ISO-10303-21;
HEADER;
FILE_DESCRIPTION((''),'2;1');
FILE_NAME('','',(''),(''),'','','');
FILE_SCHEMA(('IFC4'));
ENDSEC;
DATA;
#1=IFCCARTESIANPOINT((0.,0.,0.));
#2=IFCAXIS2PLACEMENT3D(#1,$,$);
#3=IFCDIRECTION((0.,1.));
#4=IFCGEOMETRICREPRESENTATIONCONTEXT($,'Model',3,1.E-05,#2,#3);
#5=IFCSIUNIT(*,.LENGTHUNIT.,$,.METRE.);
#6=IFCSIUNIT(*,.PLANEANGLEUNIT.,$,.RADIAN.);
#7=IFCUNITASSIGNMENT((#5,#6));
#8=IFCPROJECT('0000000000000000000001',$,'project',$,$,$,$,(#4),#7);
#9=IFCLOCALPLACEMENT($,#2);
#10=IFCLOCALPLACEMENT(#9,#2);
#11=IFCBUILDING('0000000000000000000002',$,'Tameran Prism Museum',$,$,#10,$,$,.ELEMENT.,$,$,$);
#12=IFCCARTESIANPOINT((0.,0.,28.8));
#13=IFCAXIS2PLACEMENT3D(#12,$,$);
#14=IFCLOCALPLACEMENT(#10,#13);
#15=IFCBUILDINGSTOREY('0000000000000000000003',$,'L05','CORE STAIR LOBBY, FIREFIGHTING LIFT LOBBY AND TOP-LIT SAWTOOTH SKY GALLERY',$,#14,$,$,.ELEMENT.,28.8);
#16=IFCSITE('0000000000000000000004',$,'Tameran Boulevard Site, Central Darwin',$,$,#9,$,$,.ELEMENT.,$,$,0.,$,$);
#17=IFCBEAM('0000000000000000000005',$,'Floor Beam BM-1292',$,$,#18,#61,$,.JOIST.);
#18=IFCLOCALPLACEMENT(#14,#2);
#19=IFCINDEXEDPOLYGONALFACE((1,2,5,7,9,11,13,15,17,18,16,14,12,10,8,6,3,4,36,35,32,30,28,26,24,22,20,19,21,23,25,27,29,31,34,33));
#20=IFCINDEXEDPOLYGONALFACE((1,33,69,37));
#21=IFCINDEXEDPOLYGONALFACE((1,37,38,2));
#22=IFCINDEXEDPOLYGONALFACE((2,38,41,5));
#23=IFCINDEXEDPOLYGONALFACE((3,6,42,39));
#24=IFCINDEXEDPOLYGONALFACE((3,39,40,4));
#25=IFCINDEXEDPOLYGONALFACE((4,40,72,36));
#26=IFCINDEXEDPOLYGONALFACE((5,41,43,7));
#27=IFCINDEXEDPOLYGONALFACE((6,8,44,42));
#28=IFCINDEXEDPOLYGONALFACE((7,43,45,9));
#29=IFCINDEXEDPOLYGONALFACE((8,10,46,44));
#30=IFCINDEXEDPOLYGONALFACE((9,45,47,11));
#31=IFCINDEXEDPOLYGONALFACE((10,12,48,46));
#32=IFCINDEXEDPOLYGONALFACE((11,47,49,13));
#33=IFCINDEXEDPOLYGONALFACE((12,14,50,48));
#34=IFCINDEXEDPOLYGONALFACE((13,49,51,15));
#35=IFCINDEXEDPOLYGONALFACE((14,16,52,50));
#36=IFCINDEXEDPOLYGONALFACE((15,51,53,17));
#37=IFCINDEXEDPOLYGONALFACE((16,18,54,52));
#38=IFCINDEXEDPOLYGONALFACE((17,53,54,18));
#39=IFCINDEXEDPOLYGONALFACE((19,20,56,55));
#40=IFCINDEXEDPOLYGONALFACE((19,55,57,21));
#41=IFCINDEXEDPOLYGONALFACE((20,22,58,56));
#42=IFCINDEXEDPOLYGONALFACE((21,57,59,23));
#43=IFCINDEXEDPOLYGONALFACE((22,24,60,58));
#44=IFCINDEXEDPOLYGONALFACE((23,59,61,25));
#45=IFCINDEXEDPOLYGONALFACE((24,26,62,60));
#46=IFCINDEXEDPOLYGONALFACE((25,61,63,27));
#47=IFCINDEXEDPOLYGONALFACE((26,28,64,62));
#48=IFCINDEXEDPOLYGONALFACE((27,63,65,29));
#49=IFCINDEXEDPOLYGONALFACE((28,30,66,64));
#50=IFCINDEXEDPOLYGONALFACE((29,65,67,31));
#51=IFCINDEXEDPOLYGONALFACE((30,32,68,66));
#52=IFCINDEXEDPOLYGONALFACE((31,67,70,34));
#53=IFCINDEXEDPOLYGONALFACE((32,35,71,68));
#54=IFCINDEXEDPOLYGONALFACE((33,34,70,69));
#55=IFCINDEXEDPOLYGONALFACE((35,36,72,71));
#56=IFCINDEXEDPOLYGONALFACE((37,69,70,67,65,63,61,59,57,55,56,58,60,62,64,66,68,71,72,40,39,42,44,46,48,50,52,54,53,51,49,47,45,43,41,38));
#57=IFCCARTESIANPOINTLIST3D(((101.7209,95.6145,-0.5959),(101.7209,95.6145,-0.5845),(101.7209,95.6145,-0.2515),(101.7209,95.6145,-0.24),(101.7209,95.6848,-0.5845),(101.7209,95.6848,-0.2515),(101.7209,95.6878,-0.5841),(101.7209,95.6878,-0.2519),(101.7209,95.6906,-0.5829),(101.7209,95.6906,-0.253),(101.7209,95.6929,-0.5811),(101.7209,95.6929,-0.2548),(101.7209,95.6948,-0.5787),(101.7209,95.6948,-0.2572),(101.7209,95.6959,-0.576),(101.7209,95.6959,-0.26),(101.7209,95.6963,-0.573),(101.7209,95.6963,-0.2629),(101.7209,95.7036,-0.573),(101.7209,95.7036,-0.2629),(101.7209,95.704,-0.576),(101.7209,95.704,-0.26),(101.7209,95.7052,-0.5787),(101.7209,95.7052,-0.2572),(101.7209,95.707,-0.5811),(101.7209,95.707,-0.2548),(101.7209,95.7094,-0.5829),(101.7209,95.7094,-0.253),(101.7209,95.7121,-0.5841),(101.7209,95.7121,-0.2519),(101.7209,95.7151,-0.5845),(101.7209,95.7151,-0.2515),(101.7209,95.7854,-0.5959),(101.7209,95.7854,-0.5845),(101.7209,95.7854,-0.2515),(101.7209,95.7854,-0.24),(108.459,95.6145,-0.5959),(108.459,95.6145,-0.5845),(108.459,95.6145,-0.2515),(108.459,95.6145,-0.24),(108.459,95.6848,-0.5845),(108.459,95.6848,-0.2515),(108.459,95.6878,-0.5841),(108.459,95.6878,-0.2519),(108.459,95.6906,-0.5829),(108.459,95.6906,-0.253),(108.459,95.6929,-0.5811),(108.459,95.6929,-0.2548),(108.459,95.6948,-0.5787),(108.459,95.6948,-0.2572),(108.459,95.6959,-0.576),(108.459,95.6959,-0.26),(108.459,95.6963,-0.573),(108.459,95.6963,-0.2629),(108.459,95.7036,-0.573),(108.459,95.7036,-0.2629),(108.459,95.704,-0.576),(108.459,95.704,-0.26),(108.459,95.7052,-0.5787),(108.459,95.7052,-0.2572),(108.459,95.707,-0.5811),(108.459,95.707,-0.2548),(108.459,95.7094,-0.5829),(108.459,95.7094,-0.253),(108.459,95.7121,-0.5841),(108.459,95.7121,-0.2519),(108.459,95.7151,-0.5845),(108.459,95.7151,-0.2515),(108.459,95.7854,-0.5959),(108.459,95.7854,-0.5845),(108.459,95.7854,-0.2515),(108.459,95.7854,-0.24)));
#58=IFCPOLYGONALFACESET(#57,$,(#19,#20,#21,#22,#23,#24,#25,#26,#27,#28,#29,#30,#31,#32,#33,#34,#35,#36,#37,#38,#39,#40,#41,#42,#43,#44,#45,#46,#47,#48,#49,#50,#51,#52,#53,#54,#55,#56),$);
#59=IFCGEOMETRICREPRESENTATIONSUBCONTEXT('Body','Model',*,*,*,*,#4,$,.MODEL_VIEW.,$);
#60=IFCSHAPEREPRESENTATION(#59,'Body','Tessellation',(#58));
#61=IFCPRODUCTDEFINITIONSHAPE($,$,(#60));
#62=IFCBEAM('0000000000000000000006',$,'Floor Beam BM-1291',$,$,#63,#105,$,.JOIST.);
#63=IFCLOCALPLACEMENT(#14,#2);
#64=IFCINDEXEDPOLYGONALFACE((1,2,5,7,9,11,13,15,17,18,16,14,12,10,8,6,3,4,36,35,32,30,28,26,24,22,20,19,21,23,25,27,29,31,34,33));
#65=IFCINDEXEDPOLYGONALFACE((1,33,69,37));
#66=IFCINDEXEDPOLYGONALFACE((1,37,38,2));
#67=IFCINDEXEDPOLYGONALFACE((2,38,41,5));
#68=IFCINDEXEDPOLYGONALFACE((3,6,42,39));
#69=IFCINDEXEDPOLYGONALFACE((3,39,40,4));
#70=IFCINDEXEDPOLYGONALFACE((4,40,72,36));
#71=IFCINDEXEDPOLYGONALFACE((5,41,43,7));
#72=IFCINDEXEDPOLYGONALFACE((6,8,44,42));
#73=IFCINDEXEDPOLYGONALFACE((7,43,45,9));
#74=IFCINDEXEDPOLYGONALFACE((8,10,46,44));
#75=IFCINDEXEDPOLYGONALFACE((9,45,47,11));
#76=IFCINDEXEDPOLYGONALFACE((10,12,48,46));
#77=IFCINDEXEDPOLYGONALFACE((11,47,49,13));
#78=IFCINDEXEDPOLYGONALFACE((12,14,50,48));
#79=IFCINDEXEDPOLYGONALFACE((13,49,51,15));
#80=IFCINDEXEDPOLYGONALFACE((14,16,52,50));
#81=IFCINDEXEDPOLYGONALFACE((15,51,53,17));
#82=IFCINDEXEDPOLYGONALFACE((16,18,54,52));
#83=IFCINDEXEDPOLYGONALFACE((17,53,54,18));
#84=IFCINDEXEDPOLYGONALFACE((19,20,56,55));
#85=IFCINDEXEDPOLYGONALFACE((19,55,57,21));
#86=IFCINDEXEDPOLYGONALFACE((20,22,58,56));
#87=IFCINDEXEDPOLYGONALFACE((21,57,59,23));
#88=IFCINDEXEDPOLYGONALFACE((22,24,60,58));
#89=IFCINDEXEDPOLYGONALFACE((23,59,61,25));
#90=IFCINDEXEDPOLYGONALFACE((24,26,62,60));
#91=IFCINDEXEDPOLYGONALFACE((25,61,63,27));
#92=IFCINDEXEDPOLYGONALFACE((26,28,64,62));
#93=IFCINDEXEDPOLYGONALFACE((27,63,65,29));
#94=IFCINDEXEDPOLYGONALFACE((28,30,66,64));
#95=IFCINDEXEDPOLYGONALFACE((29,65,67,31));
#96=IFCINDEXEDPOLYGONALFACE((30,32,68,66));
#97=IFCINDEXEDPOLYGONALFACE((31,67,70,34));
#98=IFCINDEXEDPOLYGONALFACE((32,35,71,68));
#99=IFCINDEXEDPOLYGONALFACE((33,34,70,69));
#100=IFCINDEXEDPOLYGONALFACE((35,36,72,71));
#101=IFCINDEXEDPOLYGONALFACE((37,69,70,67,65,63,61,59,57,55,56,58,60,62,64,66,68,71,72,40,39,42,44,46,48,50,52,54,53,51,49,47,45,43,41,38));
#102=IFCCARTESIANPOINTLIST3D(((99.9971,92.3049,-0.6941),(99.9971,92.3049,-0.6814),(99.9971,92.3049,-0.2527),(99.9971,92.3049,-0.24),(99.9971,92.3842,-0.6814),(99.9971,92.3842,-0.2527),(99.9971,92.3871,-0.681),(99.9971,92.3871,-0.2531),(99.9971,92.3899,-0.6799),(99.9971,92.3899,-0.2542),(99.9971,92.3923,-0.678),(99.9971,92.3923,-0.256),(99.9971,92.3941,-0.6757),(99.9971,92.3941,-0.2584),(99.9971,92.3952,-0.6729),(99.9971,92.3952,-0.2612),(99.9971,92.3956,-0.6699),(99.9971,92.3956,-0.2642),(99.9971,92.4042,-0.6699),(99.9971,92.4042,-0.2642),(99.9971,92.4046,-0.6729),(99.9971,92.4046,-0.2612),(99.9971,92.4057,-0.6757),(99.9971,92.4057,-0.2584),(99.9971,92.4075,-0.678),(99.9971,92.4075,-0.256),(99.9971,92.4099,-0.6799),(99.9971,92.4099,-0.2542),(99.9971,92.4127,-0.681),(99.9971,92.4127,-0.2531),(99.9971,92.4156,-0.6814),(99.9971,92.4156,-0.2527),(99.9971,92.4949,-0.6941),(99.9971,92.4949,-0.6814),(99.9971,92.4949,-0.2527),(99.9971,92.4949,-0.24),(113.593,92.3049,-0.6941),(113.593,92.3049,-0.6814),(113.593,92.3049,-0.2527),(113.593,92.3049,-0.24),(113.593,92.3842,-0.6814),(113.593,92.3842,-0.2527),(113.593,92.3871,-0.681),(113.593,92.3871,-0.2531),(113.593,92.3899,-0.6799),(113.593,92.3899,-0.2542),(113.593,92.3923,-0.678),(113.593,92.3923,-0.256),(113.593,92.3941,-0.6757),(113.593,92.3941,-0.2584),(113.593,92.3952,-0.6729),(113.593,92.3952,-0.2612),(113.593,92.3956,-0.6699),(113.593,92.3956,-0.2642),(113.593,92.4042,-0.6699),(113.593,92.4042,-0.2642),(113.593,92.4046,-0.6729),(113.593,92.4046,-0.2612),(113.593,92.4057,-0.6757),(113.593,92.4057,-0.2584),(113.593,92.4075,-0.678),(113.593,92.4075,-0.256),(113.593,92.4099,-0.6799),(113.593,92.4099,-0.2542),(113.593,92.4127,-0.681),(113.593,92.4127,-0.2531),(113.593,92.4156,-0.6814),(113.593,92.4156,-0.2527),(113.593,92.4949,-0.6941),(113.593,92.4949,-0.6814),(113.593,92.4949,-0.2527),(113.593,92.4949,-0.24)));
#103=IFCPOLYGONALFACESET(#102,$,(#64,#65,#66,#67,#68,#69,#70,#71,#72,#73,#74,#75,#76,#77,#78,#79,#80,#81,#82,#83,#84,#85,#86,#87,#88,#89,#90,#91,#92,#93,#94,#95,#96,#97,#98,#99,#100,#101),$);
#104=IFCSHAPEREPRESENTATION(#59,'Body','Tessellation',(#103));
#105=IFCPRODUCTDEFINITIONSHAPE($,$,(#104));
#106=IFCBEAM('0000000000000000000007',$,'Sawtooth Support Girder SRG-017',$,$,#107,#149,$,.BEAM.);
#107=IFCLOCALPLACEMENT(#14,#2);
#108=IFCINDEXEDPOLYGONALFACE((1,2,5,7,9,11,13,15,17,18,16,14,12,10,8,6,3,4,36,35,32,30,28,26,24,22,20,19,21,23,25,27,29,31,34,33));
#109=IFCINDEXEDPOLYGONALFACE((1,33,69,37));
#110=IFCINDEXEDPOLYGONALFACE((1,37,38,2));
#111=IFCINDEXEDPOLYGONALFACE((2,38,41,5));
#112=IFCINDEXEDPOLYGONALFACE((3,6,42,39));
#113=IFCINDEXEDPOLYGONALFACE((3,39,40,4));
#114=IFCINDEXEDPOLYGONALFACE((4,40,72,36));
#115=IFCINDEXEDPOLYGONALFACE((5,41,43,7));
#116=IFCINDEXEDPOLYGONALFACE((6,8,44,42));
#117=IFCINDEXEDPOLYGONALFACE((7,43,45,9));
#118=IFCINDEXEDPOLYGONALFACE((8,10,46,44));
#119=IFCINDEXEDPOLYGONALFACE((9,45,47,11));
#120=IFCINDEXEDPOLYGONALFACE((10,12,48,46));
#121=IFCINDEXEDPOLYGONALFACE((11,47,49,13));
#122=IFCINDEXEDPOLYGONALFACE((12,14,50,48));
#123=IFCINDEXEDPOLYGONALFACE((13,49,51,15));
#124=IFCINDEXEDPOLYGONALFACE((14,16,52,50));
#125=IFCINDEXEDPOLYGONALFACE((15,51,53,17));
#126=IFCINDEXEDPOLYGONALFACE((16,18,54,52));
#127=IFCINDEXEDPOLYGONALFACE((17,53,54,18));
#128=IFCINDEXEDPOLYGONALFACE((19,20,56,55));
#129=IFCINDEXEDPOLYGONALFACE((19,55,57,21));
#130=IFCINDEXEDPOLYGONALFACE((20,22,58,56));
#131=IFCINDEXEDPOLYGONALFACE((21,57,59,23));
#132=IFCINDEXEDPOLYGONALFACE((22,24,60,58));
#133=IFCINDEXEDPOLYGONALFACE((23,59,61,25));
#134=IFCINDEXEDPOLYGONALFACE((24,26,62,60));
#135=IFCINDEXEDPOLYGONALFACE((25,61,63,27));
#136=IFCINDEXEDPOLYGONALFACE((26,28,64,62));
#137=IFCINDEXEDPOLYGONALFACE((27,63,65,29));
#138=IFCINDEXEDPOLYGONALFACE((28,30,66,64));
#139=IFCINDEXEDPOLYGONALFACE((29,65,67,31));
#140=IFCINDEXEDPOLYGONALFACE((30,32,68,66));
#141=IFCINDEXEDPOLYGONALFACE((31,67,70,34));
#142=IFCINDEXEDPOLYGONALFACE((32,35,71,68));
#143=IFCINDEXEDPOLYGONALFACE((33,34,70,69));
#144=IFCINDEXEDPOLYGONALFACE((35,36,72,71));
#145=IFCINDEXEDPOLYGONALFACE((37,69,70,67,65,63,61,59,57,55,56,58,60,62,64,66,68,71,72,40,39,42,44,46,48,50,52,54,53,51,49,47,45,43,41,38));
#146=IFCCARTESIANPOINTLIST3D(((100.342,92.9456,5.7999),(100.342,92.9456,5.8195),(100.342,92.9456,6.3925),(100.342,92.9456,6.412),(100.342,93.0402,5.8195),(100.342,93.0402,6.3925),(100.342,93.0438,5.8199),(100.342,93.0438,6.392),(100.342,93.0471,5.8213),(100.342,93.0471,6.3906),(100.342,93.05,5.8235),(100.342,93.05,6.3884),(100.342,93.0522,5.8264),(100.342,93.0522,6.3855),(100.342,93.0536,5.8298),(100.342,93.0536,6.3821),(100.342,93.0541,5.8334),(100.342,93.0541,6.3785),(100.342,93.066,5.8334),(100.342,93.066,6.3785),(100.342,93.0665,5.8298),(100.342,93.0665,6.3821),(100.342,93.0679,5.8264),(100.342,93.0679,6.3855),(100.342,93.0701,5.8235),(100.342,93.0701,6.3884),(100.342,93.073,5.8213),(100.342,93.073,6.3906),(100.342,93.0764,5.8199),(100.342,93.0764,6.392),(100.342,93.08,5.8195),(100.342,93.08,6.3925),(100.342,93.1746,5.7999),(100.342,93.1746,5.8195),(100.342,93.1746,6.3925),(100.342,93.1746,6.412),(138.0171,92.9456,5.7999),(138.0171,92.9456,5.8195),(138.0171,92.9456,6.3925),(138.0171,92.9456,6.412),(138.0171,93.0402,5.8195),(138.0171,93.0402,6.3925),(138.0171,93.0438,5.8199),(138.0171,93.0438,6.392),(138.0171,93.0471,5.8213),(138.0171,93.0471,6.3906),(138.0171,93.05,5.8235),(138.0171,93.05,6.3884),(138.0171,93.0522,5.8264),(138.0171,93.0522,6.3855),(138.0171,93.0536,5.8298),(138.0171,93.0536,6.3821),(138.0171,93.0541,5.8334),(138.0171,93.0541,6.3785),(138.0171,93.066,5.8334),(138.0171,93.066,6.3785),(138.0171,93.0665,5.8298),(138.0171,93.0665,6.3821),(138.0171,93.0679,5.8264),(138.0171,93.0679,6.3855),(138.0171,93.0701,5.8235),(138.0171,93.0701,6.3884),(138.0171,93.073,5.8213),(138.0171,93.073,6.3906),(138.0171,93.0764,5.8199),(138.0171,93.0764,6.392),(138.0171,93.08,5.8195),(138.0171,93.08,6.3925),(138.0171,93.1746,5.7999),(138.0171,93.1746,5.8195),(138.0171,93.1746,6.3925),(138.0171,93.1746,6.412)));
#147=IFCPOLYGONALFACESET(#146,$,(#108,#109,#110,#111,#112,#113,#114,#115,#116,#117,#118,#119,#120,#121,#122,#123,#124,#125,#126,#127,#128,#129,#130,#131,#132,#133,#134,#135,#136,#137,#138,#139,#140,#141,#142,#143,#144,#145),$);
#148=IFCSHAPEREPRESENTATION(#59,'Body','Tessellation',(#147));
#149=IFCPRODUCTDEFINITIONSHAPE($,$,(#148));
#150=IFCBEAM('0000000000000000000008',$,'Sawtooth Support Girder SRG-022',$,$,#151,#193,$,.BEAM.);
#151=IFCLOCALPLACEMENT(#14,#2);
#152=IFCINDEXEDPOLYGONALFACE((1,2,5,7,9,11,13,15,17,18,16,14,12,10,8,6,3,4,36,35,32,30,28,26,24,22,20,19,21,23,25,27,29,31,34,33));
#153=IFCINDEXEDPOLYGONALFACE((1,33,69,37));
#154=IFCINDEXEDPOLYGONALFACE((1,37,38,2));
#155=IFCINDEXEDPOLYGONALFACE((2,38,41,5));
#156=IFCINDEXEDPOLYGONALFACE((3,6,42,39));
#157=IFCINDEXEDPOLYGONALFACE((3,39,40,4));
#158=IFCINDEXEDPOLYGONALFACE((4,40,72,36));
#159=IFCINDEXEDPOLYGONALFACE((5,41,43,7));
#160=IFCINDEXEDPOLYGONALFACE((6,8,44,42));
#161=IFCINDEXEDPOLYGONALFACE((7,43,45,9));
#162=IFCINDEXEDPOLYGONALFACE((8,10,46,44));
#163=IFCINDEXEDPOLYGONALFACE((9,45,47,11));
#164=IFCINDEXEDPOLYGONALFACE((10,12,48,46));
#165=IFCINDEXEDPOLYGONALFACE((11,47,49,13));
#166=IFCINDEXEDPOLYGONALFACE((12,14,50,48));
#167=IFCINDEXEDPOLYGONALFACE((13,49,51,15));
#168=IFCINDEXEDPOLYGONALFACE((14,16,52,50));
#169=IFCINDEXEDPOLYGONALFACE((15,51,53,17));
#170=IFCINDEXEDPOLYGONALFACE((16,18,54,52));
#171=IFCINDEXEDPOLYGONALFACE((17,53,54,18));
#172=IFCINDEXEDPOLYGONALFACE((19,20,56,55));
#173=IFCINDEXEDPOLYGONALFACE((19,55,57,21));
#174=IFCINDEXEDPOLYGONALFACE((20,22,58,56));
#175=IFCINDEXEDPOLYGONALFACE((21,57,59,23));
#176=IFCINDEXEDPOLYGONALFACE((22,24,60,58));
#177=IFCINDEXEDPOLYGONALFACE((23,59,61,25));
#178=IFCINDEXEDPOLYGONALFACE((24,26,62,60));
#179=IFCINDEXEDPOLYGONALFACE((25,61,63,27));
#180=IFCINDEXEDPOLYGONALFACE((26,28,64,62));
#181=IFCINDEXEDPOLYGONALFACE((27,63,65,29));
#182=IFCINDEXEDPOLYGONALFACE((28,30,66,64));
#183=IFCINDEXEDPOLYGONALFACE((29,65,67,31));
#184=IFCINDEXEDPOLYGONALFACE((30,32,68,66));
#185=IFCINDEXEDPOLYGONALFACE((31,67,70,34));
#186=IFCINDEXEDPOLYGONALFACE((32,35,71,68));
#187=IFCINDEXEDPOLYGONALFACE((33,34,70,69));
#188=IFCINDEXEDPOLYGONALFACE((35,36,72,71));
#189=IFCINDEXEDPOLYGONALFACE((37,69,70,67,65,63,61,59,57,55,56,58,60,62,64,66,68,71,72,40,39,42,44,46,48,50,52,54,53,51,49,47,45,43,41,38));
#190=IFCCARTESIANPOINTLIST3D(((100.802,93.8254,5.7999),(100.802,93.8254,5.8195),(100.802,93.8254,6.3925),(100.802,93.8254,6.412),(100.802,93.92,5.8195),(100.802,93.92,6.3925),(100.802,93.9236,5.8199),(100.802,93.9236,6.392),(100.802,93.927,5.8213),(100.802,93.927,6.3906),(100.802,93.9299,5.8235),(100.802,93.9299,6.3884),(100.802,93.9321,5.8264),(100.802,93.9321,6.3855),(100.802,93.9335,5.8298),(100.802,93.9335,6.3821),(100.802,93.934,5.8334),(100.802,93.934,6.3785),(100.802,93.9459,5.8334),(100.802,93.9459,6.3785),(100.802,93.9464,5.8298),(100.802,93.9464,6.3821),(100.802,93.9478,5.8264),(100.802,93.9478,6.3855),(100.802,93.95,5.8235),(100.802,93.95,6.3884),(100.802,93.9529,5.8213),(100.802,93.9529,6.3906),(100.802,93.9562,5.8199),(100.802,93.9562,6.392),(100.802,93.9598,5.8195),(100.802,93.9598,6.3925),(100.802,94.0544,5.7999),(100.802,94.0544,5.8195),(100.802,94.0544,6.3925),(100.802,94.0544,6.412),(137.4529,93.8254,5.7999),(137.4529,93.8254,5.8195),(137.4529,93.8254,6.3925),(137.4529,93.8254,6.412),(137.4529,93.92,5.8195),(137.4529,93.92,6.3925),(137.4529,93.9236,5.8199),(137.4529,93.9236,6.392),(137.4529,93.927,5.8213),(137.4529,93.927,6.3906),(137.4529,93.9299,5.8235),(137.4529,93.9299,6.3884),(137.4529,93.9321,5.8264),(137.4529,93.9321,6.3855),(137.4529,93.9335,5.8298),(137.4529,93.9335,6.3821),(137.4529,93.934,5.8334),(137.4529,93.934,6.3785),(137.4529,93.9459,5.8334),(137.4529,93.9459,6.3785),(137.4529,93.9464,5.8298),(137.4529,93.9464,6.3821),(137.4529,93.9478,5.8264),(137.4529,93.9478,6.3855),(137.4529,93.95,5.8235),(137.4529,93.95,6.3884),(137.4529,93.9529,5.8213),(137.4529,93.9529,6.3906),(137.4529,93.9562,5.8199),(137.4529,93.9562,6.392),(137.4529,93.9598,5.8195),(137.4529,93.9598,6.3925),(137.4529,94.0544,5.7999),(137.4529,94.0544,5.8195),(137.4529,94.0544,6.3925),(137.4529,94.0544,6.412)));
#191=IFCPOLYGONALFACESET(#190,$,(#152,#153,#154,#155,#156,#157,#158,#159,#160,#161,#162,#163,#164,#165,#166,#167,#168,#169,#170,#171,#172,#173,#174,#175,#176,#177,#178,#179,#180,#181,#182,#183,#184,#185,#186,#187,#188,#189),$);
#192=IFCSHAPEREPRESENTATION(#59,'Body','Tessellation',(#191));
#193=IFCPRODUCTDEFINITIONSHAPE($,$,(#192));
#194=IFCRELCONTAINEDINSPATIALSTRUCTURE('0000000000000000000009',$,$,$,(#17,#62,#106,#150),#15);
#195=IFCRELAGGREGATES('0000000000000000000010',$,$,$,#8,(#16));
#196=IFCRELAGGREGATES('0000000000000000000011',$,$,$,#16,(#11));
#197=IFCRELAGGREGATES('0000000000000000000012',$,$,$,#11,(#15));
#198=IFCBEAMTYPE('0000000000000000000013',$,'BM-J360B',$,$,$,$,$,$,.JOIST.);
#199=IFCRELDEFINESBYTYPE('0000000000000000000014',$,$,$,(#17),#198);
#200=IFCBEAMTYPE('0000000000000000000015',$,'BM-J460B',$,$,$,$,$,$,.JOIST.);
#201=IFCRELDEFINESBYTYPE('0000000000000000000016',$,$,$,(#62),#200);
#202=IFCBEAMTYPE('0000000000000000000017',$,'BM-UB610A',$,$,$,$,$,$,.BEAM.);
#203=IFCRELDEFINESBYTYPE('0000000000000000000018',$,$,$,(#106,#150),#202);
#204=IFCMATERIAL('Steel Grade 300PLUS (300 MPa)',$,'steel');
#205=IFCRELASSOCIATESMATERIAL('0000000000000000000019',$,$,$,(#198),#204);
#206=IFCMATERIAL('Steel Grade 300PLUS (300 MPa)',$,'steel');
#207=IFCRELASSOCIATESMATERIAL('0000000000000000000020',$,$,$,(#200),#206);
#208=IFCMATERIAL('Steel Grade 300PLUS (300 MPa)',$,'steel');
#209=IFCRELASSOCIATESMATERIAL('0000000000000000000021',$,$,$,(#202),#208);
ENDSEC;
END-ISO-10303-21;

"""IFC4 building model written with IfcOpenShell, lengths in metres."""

from ifc_helpers import new_model, si_unit, direction, frame, origin, origin_2d, place, context, subcontext, project, spatial, i_section, extrude, material, material_profile, profile_set, type_object, element, save


model = new_model("IFC4")

# Units and contexts
model_context = context("Model", 3, precision=1e-05, world=origin(), true_north=direction((0.0, 1.0)))
body_context = subcontext(model_context, "Body", "Model", "MODEL_VIEW")
ifc_project = project(units=[si_unit("LENGTHUNIT", "METRE"), si_unit("PLANEANGLEUNIT", "RADIAN")], contexts=[model_context])

# Site, building, storey
site_placement = place(None, origin())
site = spatial("IfcSite", under=ifc_project, at=site_placement, Name="Tameran Boulevard Site, Central Darwin", CompositionType="ELEMENT", RefElevation=0.0)
building_placement = place(site_placement, origin())
building = spatial("IfcBuilding", under=site, at=building_placement, Name="Tameran Prism Museum", CompositionType="ELEMENT")
storey_placement = place(building_placement, frame((0.0, 0.0, 28.8)))
storey = spatial("IfcBuildingStorey", under=building, at=storey_placement, Name="L05", Description="CORE STAIR LOBBY, FIREFIGHTING LIFT LOBBY AND TOP-LIT SAWTOOTH SKY GALLERY", CompositionType="ELEMENT", Elevation=28.8)

# Beams
ifc_material_1 = material(Name="Steel Grade 300PLUS (300 MPa)", Category="steel")
ifc_material_profile_1 = material_profile(ifc_material_1, i_section(OverallWidth=0.1709, OverallDepth=0.356, WebThickness=0.0073, FlangeThickness=0.0115, FilletRadius=0.0115, at=origin_2d()))
ifc_profile_set_1 = profile_set([ifc_material_profile_1])
beam_type_1 = type_object("IfcBeamType", Name="BM-J360B", PredefinedType="JOIST", material=ifc_profile_set_1)
beam_1_placement = place(storey_placement, frame((101.7209, 95.7, -0.418), z_axis=(1.0, 0.0, 0.0), x_axis=(0.0, 1.0, 0.0)))
element("IfcBeam", 1, at=beam_1_placement, inside=storey, type_object=beam_type_1, Name="Floor Beam BM-1292", PredefinedType="JOIST", context=body_context, shape_type="SweptSolid", body=[
    extrude(i_section(OverallWidth=0.1709, OverallDepth=0.356, WebThickness=0.0073, FlangeThickness=0.0115, FilletRadius=0.0115, at=origin_2d()), origin(), (0.0, 0.0, 1.0), 6.738),
])
ifc_material_2 = material(Name="Steel Grade 300PLUS (300 MPa)", Category="steel")
ifc_material_profile_2 = material_profile(ifc_material_2, i_section(OverallWidth=0.1899, OverallDepth=0.4541, WebThickness=0.0085, FlangeThickness=0.0127, FilletRadius=0.0115, at=origin_2d()))
ifc_profile_set_2 = profile_set([ifc_material_profile_2])
beam_type_2 = type_object("IfcBeamType", Name="BM-J460B", PredefinedType="JOIST", material=ifc_profile_set_2)
beam_2_placement = place(storey_placement, frame((99.9971, 92.3999, -0.467), z_axis=(1.0, 0.0, 0.0), x_axis=(0.0, 1.0, 0.0)))
element("IfcBeam", 2, at=beam_2_placement, inside=storey, type_object=beam_type_2, Name="Floor Beam BM-1291", PredefinedType="JOIST", context=body_context, shape_type="SweptSolid", body=[
    extrude(i_section(OverallWidth=0.1899, OverallDepth=0.4541, WebThickness=0.0085, FlangeThickness=0.0127, FilletRadius=0.0115, at=origin_2d()), origin(), (0.0, 0.0, 1.0), 13.5959),
])
ifc_material_3 = material(Name="Steel Grade 300PLUS (300 MPa)", Category="steel")
ifc_material_profile_3 = material_profile(ifc_material_3, i_section(OverallWidth=0.229, OverallDepth=0.6121, WebThickness=0.012, FlangeThickness=0.0195, FilletRadius=0.0139, at=origin_2d()))
ifc_profile_set_3 = profile_set([ifc_material_profile_3])
beam_type_3 = type_object("IfcBeamType", Name="BM-UB610A", PredefinedType="BEAM", material=ifc_profile_set_3)
beam_3_placement = place(storey_placement, frame((100.342, 93.0601, 6.106), z_axis=(1.0, 0.0, 0.0), x_axis=(0.0, 1.0, 0.0)))
element("IfcBeam", 3, at=beam_3_placement, inside=storey, type_object=beam_type_3, Name="Sawtooth Support Girder SRG-017", PredefinedType="BEAM", context=body_context, shape_type="SweptSolid", body=[
    extrude(i_section(OverallWidth=0.229, OverallDepth=0.6121, WebThickness=0.012, FlangeThickness=0.0195, FilletRadius=0.0139, at=origin_2d()), origin(), (0.0, 0.0, 1.0), 37.675),
])
beam_4_placement = place(storey_placement, frame((100.802, 93.9399, 6.106), z_axis=(1.0, 0.0, 0.0), x_axis=(0.0, 1.0, 0.0)))
element("IfcBeam", 4, at=beam_4_placement, inside=storey, type_object=beam_type_3, Name="Sawtooth Support Girder SRG-022", PredefinedType="BEAM", context=body_context, shape_type="SweptSolid", body=[
    extrude(i_section(OverallWidth=0.229, OverallDepth=0.6121, WebThickness=0.012, FlangeThickness=0.0195, FilletRadius=0.0139, at=origin_2d()), origin(), (0.0, 0.0, 1.0), 36.6509),
])

save(model, "model.ifc")
